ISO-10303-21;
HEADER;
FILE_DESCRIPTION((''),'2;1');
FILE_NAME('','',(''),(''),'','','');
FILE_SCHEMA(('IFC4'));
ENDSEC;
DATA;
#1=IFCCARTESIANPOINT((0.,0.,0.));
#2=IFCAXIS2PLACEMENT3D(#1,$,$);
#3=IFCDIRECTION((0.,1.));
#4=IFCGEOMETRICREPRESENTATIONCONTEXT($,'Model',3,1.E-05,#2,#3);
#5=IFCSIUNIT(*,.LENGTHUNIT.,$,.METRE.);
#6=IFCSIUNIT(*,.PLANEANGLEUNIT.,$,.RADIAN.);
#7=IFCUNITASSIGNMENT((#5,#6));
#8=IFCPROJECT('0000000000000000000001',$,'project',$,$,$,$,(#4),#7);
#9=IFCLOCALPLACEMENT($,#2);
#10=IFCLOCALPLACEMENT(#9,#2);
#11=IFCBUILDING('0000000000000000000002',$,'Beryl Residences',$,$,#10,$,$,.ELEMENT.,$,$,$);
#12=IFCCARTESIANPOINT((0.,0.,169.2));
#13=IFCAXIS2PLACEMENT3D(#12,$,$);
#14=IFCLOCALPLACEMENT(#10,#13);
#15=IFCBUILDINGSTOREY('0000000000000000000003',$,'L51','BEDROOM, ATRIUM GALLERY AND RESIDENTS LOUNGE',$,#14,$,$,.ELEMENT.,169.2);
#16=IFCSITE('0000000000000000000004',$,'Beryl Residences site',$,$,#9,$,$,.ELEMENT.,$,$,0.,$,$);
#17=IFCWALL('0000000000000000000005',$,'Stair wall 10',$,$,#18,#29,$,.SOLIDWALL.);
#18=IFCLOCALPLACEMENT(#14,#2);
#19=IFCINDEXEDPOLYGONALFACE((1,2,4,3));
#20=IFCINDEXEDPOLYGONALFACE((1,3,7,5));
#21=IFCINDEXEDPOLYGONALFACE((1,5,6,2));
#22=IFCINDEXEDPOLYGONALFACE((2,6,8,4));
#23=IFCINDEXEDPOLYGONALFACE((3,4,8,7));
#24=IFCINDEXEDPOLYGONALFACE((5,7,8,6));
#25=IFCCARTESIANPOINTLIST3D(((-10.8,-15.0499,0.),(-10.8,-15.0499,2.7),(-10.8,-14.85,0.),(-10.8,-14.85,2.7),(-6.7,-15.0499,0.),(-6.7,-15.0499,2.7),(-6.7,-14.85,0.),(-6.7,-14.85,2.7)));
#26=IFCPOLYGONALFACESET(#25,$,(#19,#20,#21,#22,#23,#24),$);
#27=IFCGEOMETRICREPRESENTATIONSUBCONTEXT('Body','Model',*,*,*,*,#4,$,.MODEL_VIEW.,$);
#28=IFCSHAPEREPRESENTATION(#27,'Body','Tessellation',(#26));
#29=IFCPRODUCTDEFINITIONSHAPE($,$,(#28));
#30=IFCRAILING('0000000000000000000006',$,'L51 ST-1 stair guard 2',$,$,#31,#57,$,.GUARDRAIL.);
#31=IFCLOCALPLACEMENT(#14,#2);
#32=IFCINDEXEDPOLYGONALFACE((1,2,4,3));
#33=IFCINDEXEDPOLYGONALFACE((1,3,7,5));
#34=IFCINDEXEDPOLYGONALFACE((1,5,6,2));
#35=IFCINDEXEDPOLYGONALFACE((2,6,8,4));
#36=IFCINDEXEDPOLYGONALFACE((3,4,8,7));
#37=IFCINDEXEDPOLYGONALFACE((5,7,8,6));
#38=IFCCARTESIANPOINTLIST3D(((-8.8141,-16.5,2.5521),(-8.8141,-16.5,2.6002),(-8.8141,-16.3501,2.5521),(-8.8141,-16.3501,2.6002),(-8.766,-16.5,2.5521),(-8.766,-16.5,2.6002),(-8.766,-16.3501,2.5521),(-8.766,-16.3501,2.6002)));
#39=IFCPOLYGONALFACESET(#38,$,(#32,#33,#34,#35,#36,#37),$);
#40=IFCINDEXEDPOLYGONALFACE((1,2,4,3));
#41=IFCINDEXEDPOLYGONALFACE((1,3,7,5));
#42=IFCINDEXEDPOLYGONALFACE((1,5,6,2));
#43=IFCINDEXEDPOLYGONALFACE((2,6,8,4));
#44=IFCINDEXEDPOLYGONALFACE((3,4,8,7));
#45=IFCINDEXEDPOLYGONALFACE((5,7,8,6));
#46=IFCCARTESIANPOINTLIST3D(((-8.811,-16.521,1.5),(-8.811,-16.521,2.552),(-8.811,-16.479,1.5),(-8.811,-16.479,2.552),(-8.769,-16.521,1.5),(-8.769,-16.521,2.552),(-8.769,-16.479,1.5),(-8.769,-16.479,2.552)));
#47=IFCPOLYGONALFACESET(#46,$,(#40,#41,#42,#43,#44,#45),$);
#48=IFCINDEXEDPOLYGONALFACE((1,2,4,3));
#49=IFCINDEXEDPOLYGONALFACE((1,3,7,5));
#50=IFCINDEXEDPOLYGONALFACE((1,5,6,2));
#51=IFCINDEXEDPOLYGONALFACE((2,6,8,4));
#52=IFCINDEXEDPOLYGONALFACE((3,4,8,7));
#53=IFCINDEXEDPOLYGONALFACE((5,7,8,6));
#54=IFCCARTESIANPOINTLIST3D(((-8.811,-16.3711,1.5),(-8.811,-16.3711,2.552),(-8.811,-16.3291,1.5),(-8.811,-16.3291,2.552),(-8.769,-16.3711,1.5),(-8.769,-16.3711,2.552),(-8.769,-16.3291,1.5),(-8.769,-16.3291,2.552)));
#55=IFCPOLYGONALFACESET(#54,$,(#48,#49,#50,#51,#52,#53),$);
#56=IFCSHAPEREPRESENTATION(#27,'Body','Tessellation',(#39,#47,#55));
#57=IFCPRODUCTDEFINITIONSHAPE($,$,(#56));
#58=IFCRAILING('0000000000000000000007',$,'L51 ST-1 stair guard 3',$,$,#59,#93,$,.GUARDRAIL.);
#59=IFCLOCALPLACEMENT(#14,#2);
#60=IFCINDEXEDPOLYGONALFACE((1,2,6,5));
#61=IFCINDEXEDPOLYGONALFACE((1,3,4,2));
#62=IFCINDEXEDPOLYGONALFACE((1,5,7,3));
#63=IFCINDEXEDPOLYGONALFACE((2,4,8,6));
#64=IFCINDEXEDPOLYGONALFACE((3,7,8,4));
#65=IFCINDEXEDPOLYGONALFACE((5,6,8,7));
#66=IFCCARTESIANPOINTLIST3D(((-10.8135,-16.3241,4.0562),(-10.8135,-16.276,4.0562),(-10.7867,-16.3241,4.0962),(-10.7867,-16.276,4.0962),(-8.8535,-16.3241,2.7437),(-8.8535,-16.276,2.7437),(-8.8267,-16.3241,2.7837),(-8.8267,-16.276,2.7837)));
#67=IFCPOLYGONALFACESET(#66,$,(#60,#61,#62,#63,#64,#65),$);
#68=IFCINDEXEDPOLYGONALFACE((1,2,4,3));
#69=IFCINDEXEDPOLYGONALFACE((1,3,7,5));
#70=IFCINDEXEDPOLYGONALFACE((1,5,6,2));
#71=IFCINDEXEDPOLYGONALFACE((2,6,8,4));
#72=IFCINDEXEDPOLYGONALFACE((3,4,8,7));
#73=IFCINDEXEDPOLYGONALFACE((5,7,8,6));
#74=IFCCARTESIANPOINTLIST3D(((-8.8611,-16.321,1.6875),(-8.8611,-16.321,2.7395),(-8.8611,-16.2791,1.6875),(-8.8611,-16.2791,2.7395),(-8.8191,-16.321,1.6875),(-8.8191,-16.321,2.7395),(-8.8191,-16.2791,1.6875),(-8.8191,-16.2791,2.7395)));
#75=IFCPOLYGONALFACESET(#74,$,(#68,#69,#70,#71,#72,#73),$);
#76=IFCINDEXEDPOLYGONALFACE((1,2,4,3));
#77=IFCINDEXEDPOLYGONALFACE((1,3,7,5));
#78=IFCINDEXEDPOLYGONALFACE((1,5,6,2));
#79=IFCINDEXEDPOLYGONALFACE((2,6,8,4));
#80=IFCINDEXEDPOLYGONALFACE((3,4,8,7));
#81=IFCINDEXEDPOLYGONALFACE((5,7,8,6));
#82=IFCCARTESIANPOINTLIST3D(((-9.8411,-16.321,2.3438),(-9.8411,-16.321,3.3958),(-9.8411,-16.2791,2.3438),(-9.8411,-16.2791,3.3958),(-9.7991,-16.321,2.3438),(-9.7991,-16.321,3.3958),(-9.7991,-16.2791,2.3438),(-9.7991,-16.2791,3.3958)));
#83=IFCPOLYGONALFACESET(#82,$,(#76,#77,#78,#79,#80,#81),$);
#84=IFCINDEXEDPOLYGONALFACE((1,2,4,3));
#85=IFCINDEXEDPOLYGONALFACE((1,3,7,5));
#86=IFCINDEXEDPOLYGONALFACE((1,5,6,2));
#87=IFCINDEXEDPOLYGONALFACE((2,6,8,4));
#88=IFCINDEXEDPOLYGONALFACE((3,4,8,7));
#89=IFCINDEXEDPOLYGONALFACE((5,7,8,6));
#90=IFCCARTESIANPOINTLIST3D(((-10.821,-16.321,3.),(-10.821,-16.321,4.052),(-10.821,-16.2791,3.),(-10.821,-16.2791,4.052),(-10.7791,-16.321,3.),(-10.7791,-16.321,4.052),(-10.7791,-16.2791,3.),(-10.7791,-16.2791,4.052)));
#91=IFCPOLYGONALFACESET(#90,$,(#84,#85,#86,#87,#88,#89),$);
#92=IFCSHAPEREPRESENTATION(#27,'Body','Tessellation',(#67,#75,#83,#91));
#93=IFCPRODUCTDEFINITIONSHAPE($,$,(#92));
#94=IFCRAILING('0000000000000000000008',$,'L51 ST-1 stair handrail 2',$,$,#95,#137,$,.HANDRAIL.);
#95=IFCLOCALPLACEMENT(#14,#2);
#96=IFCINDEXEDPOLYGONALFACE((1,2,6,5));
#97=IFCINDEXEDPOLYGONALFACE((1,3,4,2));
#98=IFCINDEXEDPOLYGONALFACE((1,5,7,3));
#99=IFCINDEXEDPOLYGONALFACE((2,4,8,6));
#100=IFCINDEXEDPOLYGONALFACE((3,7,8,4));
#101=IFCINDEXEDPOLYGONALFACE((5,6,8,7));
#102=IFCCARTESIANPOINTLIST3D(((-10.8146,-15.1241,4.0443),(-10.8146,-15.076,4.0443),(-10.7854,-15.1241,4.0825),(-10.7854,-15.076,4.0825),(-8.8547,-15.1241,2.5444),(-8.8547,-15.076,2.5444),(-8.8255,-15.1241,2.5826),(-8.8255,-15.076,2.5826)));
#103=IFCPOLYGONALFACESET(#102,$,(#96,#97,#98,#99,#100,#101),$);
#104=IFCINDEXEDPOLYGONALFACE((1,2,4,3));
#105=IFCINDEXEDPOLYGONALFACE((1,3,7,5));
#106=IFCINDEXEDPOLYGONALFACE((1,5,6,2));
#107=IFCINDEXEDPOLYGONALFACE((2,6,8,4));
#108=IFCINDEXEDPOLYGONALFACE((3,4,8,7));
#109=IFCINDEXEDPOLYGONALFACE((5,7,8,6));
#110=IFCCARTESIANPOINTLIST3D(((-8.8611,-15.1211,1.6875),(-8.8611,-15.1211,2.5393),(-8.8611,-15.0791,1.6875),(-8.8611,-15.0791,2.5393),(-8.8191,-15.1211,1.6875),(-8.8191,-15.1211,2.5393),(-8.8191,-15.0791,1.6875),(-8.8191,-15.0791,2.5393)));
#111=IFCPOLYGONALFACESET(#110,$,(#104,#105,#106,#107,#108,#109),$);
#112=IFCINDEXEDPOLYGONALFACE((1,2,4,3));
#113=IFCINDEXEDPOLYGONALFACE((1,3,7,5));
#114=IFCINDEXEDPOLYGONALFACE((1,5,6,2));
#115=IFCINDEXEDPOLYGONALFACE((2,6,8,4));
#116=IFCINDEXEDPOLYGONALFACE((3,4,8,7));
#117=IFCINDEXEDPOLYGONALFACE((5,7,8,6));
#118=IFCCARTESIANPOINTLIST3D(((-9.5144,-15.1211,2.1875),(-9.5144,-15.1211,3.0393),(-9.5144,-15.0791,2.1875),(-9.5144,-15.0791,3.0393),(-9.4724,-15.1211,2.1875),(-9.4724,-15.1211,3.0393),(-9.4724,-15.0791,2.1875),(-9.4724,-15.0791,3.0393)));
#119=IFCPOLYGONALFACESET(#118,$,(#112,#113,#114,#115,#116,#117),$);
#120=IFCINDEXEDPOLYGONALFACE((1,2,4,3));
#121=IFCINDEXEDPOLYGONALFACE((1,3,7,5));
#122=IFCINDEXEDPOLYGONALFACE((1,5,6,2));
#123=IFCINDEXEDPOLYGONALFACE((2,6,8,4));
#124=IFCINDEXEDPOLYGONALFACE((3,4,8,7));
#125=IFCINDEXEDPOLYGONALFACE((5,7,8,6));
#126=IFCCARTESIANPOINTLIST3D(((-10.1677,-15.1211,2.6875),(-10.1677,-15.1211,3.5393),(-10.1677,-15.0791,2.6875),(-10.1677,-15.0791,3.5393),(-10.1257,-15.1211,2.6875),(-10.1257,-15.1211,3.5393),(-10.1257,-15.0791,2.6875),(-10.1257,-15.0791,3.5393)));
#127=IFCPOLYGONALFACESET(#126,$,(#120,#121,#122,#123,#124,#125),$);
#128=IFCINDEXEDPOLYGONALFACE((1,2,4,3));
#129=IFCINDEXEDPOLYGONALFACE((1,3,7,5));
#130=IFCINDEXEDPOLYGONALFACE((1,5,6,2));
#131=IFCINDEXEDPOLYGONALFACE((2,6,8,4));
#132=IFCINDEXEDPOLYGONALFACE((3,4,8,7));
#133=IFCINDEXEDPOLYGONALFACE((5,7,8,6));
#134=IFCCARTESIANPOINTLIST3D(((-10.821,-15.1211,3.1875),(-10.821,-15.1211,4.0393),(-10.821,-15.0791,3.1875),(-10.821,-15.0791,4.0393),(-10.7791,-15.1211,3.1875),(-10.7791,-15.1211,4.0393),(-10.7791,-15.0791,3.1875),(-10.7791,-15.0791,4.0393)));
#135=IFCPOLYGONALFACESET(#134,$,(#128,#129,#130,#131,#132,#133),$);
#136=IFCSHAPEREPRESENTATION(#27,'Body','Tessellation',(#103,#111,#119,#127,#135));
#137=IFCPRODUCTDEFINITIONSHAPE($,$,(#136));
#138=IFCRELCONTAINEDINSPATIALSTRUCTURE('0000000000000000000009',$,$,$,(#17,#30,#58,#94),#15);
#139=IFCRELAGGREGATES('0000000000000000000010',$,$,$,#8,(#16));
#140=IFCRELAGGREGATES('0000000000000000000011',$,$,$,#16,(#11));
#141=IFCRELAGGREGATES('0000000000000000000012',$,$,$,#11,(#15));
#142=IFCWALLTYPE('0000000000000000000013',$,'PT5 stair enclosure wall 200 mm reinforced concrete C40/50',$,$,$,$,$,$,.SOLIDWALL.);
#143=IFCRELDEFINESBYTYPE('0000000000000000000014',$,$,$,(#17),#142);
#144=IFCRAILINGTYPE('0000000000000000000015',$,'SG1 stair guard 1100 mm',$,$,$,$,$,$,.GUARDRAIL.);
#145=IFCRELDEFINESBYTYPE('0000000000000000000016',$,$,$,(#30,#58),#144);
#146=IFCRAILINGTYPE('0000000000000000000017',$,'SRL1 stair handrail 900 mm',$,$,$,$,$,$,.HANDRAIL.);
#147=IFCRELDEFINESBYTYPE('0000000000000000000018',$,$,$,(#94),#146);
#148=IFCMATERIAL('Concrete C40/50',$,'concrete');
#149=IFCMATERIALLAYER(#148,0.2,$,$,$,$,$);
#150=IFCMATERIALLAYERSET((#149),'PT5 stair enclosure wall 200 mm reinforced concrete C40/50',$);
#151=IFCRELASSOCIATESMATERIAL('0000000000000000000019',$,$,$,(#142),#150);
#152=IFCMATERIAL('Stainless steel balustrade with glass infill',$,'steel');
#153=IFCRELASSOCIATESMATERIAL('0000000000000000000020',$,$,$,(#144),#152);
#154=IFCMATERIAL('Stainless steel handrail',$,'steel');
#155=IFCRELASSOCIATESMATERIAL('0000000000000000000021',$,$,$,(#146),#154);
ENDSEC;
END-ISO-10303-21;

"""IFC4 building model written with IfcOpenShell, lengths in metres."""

from ifc_helpers import new_model, si_unit, direction, frame, frame_2d, origin, origin_2d, place, context, subcontext, project, spatial, rectangle, extrude, material, layer, layer_set, type_object, element, save


model = new_model("IFC4")

# Units and contexts
model_context = context("Model", 3, precision=1e-05, world=origin(), true_north=direction((0.0, 1.0)))
body_context = subcontext(model_context, "Body", "Model", "MODEL_VIEW")
ifc_project = project(units=[si_unit("LENGTHUNIT", "METRE"), si_unit("PLANEANGLEUNIT", "RADIAN")], contexts=[model_context])

# Site, building, storey
site_placement = place(None, origin())
site = spatial("IfcSite", under=ifc_project, at=site_placement, Name="Beryl Residences site", CompositionType="ELEMENT", RefElevation=0.0)
building_placement = place(site_placement, origin())
building = spatial("IfcBuilding", under=site, at=building_placement, Name="Beryl Residences", CompositionType="ELEMENT")
storey_placement = place(building_placement, frame((0.0, 0.0, 169.2)))
storey = spatial("IfcBuildingStorey", under=building, at=storey_placement, Name="L51", Description="BEDROOM, ATRIUM GALLERY AND RESIDENTS LOUNGE", CompositionType="ELEMENT", Elevation=169.2)

# Wall
ifc_material_1 = material(Name="Concrete C40/50", Category="concrete")
ifc_layer_1 = layer(ifc_material_1, 0.2)
ifc_layer_set_1 = layer_set([ifc_layer_1], Name="PT5 stair enclosure wall 200 mm reinforced concrete C40/50")
wall_type_1 = type_object("IfcWallType", Name="PT5 stair enclosure wall 200 mm reinforced concrete C40/50", PredefinedType="SOLIDWALL", material=ifc_layer_set_1)
wall_1_placement = place(storey_placement, frame((-10.8, -14.95, 0.0), z_axis=(0.0, 0.0, 1.0), x_axis=(1.0, 0.0, 0.0)))
element("IfcWall", 1, at=wall_1_placement, inside=storey, type_object=wall_type_1, Name="Stair wall 10", PredefinedType="SOLIDWALL", context=body_context, shape_type="SweptSolid", body=[
    extrude(rectangle(XDim=4.1001, YDim=0.2, at=frame_2d((2.05, 0.0))), origin(), (0.0, 0.0, 1.0), 2.7),
])

# Railings
ifc_material_2 = material(Name="Stainless steel balustrade with glass infill", Category="steel")
railing_type_1 = type_object("IfcRailingType", Name="SG1 stair guard 1100 mm", PredefinedType="GUARDRAIL", material=ifc_material_2)
railing_1_placement = place(storey_placement, frame((-8.79, -16.5, 1.5)))
element("IfcRailing", 2, at=railing_1_placement, inside=storey, type_object=railing_type_1, Name="L51 ST-1 stair guard 2", PredefinedType="GUARDRAIL", context=body_context, shape_type="SweptSolid", body=[
    extrude(rectangle(XDim=0.0481, YDim=0.0481, at=origin_2d()), frame((0.0, 0.0, 1.0762), z_axis=(0.0, 1.0, 0.0), x_axis=(-1.0, 0.0, 0.0)), (0.0, 0.0, 1.0), 0.1499),
    extrude(rectangle(XDim=0.042, YDim=0.042, at=origin_2d()), origin(), (0.0, 0.0, 1.0), 1.052),
    extrude(rectangle(XDim=0.042, YDim=0.042, at=origin_2d()), frame((0.0, 0.1499, 0.0)), (0.0, 0.0, 1.0), 1.052),
])
railing_2_placement = place(storey_placement, frame((-8.8401, -16.3, 1.6875)))
element("IfcRailing", 3, at=railing_2_placement, inside=storey, type_object=railing_type_1, Name="L51 ST-1 stair guard 3", PredefinedType="GUARDRAIL", context=body_context, shape_type="SweptSolid", body=[
    extrude(rectangle(XDim=0.0481, YDim=0.0481, at=origin_2d()), frame((0.0, 0.0, 1.0762), z_axis=(-0.830902, 0.0, 0.556419), x_axis=(0.0, -1.0, 0.0)), (0.0, 0.0, 1.0), 2.3589),
    extrude(rectangle(XDim=0.042, YDim=0.042, at=origin_2d()), origin(), (0.0, 0.0, 1.0), 1.052),
    extrude(rectangle(XDim=0.042, YDim=0.042, at=origin_2d()), frame((-0.98, 0.0, 0.6562)), (0.0, 0.0, 1.0), 1.052),
    extrude(rectangle(XDim=0.042, YDim=0.042, at=origin_2d()), frame((-1.96, 0.0, 1.3125)), (0.0, 0.0, 1.0), 1.052),
])
ifc_material_3 = material(Name="Stainless steel handrail", Category="steel")
railing_type_2 = type_object("IfcRailingType", Name="SRL1 stair handrail 900 mm", PredefinedType="HANDRAIL", material=ifc_material_3)
railing_3_placement = place(storey_placement, frame((-8.8401, -15.1001, 1.6875)))
element("IfcRailing", 4, at=railing_3_placement, inside=storey, type_object=railing_type_2, Name="L51 ST-1 stair handrail 2", PredefinedType="HANDRAIL", context=body_context, shape_type="SweptSolid", body=[
    extrude(rectangle(XDim=0.0481, YDim=0.0481, at=origin_2d()), frame((0.0, 0.0, 0.876), z_axis=(-0.794122, 0.0, 0.607758), x_axis=(0.0, -1.0, 0.0)), (0.0, 0.0, 1.0), 2.468),
    extrude(rectangle(XDim=0.042, YDim=0.042, at=origin_2d()), origin(), (0.0, 0.0, 1.0), 0.8518),
    extrude(rectangle(XDim=0.042, YDim=0.042, at=origin_2d()), frame((-0.6533, 0.0, 0.5)), (0.0, 0.0, 1.0), 0.8518),
    extrude(rectangle(XDim=0.042, YDim=0.042, at=origin_2d()), frame((-1.3066, 0.0, 1.0)), (0.0, 0.0, 1.0), 0.8518),
    extrude(rectangle(XDim=0.042, YDim=0.042, at=origin_2d()), frame((-1.96, 0.0, 1.5)), (0.0, 0.0, 1.0), 0.8518),
])

save(model, "model.ifc")
